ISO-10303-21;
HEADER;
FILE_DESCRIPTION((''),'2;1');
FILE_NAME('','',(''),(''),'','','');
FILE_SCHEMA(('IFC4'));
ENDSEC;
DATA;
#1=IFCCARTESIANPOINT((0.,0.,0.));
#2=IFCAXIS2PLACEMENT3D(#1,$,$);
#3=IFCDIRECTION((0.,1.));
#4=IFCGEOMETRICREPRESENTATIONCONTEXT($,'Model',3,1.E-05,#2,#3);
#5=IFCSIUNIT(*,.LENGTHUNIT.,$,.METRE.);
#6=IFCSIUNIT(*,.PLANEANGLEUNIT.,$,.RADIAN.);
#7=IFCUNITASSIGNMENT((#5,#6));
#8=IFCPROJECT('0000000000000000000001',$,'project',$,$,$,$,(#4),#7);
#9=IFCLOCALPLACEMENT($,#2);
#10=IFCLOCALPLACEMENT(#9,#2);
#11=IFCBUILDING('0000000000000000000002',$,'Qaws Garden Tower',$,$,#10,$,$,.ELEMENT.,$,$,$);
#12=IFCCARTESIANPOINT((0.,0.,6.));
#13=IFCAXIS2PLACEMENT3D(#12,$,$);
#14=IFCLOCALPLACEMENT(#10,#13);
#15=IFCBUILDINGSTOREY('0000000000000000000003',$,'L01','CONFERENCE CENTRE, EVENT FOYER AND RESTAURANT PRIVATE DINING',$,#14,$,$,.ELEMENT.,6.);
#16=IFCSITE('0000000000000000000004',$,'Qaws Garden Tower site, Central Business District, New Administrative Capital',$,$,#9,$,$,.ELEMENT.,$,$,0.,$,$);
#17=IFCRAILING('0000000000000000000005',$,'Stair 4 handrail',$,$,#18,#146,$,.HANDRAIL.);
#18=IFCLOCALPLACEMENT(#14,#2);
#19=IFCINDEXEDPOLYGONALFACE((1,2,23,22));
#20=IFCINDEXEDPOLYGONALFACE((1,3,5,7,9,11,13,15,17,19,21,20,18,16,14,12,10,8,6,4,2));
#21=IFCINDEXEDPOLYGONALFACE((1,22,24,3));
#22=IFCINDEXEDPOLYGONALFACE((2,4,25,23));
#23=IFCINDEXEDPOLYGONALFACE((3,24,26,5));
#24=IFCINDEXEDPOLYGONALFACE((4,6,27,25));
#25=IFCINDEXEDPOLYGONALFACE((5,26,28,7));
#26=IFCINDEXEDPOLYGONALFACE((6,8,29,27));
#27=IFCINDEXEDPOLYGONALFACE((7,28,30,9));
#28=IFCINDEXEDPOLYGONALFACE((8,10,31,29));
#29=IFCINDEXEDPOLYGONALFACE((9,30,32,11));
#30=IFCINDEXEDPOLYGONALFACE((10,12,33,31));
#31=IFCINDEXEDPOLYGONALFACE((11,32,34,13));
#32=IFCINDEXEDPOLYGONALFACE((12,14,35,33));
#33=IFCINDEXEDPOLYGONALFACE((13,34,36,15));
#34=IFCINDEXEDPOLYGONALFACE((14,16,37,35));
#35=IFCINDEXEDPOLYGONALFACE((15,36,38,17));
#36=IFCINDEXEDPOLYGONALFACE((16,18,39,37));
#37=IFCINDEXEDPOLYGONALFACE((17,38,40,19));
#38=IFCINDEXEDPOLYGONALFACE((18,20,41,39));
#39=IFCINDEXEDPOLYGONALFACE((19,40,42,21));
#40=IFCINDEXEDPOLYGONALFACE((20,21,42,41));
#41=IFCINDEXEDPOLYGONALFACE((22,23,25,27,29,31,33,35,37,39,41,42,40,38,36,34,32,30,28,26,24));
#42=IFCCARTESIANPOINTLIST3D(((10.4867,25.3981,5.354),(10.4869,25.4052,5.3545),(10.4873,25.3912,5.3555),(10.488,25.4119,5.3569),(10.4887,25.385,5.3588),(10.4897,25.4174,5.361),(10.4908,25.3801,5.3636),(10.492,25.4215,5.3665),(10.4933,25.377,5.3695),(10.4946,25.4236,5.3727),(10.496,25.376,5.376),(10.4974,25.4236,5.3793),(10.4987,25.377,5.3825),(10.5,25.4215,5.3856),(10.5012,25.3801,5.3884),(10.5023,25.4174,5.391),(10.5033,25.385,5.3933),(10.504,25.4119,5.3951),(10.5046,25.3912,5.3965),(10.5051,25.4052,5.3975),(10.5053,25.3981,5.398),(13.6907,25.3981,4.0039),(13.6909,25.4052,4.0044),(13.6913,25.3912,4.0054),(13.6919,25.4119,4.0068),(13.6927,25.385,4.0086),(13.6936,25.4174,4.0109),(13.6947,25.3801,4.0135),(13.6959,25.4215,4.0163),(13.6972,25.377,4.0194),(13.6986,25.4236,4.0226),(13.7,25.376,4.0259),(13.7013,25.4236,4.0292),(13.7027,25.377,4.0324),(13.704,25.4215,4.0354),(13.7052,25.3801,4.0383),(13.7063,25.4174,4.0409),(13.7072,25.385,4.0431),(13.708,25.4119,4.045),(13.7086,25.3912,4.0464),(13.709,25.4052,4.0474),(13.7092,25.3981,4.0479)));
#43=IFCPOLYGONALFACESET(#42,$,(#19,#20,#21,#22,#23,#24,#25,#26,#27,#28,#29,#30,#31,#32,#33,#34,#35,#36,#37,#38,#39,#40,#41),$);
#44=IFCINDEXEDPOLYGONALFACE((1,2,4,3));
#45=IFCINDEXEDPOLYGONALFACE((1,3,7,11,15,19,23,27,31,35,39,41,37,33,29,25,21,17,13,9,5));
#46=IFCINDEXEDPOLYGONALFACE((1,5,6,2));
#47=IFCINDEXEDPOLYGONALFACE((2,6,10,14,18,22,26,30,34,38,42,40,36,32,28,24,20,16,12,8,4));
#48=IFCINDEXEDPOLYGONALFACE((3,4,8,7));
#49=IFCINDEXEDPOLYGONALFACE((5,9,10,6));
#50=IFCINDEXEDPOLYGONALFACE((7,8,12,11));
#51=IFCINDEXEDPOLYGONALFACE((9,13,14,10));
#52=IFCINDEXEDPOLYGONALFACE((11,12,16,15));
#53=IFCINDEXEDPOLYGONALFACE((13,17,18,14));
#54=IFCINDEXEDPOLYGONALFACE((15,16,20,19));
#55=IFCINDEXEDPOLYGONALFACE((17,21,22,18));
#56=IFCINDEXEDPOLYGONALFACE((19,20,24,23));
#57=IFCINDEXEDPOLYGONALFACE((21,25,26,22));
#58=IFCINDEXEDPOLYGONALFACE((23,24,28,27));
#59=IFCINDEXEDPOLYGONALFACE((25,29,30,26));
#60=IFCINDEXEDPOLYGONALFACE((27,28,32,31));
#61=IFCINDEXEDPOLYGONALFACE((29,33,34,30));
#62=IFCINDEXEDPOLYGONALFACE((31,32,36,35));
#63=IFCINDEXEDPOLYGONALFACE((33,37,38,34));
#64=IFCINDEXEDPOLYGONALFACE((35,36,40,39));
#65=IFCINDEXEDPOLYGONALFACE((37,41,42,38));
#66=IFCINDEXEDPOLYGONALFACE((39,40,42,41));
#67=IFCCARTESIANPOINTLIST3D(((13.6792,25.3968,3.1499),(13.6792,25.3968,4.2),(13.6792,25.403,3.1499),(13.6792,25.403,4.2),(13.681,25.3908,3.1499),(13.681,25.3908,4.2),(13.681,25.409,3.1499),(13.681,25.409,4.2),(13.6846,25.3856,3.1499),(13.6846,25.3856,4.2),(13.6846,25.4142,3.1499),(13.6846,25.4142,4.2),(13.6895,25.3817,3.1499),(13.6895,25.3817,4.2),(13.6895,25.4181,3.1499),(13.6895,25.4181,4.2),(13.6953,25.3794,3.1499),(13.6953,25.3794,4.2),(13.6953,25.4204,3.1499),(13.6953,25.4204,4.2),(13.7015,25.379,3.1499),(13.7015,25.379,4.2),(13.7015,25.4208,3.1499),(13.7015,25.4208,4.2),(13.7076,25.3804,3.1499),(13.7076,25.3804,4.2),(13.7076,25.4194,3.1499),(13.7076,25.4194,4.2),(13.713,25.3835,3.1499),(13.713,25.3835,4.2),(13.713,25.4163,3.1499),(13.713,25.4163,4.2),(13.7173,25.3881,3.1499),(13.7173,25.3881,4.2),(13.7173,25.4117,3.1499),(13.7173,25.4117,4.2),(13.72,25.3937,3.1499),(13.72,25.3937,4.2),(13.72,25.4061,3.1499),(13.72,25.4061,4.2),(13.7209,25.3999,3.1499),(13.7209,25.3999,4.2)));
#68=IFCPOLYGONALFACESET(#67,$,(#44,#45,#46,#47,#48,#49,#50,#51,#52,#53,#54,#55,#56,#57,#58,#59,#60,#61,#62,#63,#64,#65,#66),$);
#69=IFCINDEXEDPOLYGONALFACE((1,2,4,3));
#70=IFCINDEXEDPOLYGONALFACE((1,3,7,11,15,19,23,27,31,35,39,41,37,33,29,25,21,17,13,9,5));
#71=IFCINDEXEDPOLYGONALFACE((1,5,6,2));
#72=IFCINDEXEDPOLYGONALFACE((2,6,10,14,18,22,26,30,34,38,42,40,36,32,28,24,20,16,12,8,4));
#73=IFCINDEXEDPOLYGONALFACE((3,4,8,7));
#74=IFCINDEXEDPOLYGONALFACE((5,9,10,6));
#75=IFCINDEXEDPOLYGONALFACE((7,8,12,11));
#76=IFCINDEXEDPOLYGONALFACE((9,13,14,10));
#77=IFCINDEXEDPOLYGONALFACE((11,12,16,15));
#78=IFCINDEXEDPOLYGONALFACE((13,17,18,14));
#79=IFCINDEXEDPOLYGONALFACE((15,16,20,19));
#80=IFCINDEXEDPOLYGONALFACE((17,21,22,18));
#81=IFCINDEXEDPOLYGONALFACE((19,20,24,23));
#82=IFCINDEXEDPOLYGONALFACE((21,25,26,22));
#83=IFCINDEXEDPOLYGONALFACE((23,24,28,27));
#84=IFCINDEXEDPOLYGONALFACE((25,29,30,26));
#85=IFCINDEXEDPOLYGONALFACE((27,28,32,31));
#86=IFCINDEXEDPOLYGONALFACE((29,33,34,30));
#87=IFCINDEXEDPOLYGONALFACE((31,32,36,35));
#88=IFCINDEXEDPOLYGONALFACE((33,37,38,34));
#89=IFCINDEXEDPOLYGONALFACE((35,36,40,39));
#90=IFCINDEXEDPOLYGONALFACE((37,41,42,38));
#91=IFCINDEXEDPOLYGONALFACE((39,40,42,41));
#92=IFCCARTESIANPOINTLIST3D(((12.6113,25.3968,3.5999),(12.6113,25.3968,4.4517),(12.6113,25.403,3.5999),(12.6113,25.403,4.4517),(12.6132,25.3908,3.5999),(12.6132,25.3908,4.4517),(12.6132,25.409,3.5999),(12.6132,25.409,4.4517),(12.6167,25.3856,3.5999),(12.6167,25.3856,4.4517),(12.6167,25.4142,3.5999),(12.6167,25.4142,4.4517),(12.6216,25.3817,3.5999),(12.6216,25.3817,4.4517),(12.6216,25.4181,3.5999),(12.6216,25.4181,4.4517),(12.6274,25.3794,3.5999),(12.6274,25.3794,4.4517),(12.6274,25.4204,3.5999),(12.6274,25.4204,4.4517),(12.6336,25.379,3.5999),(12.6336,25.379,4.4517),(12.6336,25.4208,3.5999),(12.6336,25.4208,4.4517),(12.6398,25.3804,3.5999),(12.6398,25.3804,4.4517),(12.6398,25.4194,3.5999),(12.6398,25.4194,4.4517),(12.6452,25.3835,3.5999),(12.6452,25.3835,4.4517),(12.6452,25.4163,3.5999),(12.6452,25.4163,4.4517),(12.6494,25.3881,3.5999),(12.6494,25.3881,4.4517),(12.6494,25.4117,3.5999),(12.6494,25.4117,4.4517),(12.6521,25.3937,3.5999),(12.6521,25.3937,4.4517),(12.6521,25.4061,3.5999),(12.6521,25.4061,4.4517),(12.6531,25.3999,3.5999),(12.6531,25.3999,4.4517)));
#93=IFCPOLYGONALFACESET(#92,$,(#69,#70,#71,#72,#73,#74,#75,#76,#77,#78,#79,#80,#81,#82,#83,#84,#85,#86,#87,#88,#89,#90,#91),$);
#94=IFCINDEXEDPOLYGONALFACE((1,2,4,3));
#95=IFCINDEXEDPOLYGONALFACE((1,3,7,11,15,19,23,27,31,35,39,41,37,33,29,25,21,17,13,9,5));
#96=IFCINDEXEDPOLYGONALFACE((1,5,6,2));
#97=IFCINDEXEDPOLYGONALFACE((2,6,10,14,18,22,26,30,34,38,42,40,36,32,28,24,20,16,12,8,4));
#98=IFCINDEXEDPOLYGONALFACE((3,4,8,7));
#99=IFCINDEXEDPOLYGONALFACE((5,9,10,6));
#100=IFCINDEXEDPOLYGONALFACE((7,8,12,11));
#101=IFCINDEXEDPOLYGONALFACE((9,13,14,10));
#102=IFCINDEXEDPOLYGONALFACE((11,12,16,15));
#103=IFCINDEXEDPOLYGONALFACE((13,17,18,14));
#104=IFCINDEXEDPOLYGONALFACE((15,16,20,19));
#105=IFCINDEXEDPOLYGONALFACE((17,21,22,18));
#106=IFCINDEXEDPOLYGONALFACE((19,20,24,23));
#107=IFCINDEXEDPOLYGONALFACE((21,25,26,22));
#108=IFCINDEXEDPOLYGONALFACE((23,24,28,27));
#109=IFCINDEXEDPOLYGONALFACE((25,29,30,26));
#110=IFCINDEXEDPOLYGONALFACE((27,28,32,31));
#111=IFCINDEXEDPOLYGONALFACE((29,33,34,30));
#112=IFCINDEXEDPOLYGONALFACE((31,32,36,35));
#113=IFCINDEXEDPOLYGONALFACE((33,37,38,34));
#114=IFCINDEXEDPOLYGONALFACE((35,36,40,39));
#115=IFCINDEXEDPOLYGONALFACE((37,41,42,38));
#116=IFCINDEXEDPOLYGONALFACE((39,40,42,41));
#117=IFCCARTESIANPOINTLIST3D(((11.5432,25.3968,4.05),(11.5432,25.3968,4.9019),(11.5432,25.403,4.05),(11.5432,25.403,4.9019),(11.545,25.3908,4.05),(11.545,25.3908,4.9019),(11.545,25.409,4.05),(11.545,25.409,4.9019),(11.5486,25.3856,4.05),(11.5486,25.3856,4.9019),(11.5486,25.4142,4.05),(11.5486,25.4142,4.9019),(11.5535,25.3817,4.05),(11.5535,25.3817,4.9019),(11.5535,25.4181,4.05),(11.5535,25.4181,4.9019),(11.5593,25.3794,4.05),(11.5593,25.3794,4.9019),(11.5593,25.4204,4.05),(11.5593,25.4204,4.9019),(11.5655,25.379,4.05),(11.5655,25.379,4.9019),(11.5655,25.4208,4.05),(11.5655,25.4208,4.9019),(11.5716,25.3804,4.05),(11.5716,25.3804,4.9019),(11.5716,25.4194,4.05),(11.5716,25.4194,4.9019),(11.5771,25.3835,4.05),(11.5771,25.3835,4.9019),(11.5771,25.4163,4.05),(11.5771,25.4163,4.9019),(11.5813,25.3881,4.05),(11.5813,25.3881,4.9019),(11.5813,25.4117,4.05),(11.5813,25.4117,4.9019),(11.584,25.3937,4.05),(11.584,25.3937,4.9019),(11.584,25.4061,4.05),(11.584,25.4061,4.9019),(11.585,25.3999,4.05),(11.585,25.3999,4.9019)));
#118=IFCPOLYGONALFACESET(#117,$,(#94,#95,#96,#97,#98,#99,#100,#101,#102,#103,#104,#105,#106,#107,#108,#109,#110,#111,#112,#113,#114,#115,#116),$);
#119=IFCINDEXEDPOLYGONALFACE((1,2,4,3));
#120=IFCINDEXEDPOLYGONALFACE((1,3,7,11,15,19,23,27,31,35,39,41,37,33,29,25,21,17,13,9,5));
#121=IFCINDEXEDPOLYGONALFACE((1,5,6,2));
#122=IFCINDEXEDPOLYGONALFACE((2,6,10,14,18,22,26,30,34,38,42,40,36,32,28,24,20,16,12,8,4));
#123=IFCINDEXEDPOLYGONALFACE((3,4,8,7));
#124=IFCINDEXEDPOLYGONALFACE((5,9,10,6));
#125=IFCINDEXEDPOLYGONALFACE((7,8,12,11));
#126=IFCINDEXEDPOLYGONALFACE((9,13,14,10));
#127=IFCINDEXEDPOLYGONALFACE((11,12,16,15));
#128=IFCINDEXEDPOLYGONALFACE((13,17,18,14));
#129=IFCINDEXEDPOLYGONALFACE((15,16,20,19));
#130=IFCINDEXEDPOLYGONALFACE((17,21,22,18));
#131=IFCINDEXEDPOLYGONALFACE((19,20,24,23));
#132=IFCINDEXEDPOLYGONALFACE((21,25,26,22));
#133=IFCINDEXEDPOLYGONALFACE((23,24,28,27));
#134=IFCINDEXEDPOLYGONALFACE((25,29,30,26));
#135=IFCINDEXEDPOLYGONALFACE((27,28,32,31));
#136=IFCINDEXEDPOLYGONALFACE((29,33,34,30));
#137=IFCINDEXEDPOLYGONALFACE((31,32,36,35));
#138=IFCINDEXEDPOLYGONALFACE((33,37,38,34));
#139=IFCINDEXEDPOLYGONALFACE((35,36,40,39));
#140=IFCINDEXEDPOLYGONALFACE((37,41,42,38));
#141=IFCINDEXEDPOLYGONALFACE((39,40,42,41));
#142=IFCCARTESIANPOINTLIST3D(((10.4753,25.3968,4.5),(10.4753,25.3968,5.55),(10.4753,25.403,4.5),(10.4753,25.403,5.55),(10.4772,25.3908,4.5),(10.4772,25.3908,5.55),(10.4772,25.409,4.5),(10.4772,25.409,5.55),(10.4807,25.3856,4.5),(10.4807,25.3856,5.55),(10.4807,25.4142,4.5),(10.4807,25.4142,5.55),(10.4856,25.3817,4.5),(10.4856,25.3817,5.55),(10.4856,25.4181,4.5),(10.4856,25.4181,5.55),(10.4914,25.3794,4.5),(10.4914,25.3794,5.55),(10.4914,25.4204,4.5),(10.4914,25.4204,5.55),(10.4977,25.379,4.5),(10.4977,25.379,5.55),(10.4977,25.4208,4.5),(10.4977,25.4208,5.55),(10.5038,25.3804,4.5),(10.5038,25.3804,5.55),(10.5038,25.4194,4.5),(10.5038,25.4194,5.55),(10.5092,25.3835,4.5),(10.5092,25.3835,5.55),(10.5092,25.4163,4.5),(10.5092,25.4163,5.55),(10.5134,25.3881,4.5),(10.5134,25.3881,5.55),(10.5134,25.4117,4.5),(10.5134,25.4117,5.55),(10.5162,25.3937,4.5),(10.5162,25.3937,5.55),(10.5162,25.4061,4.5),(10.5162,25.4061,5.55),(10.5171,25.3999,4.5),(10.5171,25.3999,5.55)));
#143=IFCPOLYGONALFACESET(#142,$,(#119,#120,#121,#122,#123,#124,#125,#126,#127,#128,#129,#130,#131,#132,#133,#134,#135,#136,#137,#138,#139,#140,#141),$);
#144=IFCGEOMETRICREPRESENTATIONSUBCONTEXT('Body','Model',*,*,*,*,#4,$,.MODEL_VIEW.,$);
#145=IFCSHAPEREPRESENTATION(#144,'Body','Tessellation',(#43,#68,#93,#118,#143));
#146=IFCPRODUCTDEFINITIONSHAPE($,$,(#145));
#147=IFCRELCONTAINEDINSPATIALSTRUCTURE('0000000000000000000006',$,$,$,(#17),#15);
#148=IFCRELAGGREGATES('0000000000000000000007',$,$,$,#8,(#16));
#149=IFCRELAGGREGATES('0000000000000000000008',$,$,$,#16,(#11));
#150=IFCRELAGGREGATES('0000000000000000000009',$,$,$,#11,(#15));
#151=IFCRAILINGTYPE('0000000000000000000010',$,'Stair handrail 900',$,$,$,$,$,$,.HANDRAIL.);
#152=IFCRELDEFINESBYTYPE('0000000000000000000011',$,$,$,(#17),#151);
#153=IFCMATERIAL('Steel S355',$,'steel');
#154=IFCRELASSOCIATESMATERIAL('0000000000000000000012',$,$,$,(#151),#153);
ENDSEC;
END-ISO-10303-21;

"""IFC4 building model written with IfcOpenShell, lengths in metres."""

from ifc_helpers import new_model, si_unit, direction, frame, origin, origin_2d, place, context, subcontext, project, spatial, circle, extrude, material, type_object, element, save


model = new_model("IFC4")

# Units and contexts
model_context = context("Model", 3, precision=1e-05, world=origin(), true_north=direction((0.0, 1.0)))
body_context = subcontext(model_context, "Body", "Model", "MODEL_VIEW")
ifc_project = project(units=[si_unit("LENGTHUNIT", "METRE"), si_unit("PLANEANGLEUNIT", "RADIAN")], contexts=[model_context])

# Site, building, storey
site_placement = place(None, origin())
site = spatial("IfcSite", under=ifc_project, at=site_placement, Name="Qaws Garden Tower site, Central Business District, New Administrative Capital", CompositionType="ELEMENT", RefElevation=0.0)
building_placement = place(site_placement, origin())
building = spatial("IfcBuilding", under=site, at=building_placement, Name="Qaws Garden Tower", CompositionType="ELEMENT")
storey_placement = place(building_placement, frame((0.0, 0.0, 6.0)))
storey = spatial("IfcBuildingStorey", under=building, at=storey_placement, Name="L01", Description="CONFERENCE CENTRE, EVENT FOYER AND RESTAURANT PRIVATE DINING", CompositionType="ELEMENT", Elevation=6.0)

# Railing
ifc_material_1 = material(Name="Steel S355", Category="steel")
railing_type = type_object("IfcRailingType", Name="Stair handrail 900", PredefinedType="HANDRAIL", material=ifc_material_1)
railing_1_placement = place(storey_placement, frame((13.7, 25.3999, 3.1499)))
element("IfcRailing", 1, at=railing_1_placement, inside=storey, type_object=railing_type, Name="Stair 4 handrail", PredefinedType="HANDRAIL", context=body_context, shape_type="SweptSolid", body=[
    extrude(circle(Radius=0.0239, at=origin_2d()), frame((0.0, 0.0, 0.876), z_axis=(-0.921522, 0.0, 0.388327), x_axis=(0.0, -1.0, 0.0)), (0.0, 0.0, 1.0), 3.4768),
    extrude(circle(Radius=0.021, at=origin_2d()), origin(), (0.0, 0.0, 1.0), 1.05),
    extrude(circle(Radius=0.021, at=origin_2d()), frame((-1.0679, 0.0, 0.45)), (0.0, 0.0, 1.0), 0.8518),
    extrude(circle(Radius=0.021, at=origin_2d()), frame((-2.136, 0.0, 0.9001)), (0.0, 0.0, 1.0), 0.8518),
    extrude(circle(Radius=0.021, at=origin_2d()), frame((-3.2039, 0.0, 1.3501)), (0.0, 0.0, 1.0), 1.05),
])

save(model, "model.ifc")
